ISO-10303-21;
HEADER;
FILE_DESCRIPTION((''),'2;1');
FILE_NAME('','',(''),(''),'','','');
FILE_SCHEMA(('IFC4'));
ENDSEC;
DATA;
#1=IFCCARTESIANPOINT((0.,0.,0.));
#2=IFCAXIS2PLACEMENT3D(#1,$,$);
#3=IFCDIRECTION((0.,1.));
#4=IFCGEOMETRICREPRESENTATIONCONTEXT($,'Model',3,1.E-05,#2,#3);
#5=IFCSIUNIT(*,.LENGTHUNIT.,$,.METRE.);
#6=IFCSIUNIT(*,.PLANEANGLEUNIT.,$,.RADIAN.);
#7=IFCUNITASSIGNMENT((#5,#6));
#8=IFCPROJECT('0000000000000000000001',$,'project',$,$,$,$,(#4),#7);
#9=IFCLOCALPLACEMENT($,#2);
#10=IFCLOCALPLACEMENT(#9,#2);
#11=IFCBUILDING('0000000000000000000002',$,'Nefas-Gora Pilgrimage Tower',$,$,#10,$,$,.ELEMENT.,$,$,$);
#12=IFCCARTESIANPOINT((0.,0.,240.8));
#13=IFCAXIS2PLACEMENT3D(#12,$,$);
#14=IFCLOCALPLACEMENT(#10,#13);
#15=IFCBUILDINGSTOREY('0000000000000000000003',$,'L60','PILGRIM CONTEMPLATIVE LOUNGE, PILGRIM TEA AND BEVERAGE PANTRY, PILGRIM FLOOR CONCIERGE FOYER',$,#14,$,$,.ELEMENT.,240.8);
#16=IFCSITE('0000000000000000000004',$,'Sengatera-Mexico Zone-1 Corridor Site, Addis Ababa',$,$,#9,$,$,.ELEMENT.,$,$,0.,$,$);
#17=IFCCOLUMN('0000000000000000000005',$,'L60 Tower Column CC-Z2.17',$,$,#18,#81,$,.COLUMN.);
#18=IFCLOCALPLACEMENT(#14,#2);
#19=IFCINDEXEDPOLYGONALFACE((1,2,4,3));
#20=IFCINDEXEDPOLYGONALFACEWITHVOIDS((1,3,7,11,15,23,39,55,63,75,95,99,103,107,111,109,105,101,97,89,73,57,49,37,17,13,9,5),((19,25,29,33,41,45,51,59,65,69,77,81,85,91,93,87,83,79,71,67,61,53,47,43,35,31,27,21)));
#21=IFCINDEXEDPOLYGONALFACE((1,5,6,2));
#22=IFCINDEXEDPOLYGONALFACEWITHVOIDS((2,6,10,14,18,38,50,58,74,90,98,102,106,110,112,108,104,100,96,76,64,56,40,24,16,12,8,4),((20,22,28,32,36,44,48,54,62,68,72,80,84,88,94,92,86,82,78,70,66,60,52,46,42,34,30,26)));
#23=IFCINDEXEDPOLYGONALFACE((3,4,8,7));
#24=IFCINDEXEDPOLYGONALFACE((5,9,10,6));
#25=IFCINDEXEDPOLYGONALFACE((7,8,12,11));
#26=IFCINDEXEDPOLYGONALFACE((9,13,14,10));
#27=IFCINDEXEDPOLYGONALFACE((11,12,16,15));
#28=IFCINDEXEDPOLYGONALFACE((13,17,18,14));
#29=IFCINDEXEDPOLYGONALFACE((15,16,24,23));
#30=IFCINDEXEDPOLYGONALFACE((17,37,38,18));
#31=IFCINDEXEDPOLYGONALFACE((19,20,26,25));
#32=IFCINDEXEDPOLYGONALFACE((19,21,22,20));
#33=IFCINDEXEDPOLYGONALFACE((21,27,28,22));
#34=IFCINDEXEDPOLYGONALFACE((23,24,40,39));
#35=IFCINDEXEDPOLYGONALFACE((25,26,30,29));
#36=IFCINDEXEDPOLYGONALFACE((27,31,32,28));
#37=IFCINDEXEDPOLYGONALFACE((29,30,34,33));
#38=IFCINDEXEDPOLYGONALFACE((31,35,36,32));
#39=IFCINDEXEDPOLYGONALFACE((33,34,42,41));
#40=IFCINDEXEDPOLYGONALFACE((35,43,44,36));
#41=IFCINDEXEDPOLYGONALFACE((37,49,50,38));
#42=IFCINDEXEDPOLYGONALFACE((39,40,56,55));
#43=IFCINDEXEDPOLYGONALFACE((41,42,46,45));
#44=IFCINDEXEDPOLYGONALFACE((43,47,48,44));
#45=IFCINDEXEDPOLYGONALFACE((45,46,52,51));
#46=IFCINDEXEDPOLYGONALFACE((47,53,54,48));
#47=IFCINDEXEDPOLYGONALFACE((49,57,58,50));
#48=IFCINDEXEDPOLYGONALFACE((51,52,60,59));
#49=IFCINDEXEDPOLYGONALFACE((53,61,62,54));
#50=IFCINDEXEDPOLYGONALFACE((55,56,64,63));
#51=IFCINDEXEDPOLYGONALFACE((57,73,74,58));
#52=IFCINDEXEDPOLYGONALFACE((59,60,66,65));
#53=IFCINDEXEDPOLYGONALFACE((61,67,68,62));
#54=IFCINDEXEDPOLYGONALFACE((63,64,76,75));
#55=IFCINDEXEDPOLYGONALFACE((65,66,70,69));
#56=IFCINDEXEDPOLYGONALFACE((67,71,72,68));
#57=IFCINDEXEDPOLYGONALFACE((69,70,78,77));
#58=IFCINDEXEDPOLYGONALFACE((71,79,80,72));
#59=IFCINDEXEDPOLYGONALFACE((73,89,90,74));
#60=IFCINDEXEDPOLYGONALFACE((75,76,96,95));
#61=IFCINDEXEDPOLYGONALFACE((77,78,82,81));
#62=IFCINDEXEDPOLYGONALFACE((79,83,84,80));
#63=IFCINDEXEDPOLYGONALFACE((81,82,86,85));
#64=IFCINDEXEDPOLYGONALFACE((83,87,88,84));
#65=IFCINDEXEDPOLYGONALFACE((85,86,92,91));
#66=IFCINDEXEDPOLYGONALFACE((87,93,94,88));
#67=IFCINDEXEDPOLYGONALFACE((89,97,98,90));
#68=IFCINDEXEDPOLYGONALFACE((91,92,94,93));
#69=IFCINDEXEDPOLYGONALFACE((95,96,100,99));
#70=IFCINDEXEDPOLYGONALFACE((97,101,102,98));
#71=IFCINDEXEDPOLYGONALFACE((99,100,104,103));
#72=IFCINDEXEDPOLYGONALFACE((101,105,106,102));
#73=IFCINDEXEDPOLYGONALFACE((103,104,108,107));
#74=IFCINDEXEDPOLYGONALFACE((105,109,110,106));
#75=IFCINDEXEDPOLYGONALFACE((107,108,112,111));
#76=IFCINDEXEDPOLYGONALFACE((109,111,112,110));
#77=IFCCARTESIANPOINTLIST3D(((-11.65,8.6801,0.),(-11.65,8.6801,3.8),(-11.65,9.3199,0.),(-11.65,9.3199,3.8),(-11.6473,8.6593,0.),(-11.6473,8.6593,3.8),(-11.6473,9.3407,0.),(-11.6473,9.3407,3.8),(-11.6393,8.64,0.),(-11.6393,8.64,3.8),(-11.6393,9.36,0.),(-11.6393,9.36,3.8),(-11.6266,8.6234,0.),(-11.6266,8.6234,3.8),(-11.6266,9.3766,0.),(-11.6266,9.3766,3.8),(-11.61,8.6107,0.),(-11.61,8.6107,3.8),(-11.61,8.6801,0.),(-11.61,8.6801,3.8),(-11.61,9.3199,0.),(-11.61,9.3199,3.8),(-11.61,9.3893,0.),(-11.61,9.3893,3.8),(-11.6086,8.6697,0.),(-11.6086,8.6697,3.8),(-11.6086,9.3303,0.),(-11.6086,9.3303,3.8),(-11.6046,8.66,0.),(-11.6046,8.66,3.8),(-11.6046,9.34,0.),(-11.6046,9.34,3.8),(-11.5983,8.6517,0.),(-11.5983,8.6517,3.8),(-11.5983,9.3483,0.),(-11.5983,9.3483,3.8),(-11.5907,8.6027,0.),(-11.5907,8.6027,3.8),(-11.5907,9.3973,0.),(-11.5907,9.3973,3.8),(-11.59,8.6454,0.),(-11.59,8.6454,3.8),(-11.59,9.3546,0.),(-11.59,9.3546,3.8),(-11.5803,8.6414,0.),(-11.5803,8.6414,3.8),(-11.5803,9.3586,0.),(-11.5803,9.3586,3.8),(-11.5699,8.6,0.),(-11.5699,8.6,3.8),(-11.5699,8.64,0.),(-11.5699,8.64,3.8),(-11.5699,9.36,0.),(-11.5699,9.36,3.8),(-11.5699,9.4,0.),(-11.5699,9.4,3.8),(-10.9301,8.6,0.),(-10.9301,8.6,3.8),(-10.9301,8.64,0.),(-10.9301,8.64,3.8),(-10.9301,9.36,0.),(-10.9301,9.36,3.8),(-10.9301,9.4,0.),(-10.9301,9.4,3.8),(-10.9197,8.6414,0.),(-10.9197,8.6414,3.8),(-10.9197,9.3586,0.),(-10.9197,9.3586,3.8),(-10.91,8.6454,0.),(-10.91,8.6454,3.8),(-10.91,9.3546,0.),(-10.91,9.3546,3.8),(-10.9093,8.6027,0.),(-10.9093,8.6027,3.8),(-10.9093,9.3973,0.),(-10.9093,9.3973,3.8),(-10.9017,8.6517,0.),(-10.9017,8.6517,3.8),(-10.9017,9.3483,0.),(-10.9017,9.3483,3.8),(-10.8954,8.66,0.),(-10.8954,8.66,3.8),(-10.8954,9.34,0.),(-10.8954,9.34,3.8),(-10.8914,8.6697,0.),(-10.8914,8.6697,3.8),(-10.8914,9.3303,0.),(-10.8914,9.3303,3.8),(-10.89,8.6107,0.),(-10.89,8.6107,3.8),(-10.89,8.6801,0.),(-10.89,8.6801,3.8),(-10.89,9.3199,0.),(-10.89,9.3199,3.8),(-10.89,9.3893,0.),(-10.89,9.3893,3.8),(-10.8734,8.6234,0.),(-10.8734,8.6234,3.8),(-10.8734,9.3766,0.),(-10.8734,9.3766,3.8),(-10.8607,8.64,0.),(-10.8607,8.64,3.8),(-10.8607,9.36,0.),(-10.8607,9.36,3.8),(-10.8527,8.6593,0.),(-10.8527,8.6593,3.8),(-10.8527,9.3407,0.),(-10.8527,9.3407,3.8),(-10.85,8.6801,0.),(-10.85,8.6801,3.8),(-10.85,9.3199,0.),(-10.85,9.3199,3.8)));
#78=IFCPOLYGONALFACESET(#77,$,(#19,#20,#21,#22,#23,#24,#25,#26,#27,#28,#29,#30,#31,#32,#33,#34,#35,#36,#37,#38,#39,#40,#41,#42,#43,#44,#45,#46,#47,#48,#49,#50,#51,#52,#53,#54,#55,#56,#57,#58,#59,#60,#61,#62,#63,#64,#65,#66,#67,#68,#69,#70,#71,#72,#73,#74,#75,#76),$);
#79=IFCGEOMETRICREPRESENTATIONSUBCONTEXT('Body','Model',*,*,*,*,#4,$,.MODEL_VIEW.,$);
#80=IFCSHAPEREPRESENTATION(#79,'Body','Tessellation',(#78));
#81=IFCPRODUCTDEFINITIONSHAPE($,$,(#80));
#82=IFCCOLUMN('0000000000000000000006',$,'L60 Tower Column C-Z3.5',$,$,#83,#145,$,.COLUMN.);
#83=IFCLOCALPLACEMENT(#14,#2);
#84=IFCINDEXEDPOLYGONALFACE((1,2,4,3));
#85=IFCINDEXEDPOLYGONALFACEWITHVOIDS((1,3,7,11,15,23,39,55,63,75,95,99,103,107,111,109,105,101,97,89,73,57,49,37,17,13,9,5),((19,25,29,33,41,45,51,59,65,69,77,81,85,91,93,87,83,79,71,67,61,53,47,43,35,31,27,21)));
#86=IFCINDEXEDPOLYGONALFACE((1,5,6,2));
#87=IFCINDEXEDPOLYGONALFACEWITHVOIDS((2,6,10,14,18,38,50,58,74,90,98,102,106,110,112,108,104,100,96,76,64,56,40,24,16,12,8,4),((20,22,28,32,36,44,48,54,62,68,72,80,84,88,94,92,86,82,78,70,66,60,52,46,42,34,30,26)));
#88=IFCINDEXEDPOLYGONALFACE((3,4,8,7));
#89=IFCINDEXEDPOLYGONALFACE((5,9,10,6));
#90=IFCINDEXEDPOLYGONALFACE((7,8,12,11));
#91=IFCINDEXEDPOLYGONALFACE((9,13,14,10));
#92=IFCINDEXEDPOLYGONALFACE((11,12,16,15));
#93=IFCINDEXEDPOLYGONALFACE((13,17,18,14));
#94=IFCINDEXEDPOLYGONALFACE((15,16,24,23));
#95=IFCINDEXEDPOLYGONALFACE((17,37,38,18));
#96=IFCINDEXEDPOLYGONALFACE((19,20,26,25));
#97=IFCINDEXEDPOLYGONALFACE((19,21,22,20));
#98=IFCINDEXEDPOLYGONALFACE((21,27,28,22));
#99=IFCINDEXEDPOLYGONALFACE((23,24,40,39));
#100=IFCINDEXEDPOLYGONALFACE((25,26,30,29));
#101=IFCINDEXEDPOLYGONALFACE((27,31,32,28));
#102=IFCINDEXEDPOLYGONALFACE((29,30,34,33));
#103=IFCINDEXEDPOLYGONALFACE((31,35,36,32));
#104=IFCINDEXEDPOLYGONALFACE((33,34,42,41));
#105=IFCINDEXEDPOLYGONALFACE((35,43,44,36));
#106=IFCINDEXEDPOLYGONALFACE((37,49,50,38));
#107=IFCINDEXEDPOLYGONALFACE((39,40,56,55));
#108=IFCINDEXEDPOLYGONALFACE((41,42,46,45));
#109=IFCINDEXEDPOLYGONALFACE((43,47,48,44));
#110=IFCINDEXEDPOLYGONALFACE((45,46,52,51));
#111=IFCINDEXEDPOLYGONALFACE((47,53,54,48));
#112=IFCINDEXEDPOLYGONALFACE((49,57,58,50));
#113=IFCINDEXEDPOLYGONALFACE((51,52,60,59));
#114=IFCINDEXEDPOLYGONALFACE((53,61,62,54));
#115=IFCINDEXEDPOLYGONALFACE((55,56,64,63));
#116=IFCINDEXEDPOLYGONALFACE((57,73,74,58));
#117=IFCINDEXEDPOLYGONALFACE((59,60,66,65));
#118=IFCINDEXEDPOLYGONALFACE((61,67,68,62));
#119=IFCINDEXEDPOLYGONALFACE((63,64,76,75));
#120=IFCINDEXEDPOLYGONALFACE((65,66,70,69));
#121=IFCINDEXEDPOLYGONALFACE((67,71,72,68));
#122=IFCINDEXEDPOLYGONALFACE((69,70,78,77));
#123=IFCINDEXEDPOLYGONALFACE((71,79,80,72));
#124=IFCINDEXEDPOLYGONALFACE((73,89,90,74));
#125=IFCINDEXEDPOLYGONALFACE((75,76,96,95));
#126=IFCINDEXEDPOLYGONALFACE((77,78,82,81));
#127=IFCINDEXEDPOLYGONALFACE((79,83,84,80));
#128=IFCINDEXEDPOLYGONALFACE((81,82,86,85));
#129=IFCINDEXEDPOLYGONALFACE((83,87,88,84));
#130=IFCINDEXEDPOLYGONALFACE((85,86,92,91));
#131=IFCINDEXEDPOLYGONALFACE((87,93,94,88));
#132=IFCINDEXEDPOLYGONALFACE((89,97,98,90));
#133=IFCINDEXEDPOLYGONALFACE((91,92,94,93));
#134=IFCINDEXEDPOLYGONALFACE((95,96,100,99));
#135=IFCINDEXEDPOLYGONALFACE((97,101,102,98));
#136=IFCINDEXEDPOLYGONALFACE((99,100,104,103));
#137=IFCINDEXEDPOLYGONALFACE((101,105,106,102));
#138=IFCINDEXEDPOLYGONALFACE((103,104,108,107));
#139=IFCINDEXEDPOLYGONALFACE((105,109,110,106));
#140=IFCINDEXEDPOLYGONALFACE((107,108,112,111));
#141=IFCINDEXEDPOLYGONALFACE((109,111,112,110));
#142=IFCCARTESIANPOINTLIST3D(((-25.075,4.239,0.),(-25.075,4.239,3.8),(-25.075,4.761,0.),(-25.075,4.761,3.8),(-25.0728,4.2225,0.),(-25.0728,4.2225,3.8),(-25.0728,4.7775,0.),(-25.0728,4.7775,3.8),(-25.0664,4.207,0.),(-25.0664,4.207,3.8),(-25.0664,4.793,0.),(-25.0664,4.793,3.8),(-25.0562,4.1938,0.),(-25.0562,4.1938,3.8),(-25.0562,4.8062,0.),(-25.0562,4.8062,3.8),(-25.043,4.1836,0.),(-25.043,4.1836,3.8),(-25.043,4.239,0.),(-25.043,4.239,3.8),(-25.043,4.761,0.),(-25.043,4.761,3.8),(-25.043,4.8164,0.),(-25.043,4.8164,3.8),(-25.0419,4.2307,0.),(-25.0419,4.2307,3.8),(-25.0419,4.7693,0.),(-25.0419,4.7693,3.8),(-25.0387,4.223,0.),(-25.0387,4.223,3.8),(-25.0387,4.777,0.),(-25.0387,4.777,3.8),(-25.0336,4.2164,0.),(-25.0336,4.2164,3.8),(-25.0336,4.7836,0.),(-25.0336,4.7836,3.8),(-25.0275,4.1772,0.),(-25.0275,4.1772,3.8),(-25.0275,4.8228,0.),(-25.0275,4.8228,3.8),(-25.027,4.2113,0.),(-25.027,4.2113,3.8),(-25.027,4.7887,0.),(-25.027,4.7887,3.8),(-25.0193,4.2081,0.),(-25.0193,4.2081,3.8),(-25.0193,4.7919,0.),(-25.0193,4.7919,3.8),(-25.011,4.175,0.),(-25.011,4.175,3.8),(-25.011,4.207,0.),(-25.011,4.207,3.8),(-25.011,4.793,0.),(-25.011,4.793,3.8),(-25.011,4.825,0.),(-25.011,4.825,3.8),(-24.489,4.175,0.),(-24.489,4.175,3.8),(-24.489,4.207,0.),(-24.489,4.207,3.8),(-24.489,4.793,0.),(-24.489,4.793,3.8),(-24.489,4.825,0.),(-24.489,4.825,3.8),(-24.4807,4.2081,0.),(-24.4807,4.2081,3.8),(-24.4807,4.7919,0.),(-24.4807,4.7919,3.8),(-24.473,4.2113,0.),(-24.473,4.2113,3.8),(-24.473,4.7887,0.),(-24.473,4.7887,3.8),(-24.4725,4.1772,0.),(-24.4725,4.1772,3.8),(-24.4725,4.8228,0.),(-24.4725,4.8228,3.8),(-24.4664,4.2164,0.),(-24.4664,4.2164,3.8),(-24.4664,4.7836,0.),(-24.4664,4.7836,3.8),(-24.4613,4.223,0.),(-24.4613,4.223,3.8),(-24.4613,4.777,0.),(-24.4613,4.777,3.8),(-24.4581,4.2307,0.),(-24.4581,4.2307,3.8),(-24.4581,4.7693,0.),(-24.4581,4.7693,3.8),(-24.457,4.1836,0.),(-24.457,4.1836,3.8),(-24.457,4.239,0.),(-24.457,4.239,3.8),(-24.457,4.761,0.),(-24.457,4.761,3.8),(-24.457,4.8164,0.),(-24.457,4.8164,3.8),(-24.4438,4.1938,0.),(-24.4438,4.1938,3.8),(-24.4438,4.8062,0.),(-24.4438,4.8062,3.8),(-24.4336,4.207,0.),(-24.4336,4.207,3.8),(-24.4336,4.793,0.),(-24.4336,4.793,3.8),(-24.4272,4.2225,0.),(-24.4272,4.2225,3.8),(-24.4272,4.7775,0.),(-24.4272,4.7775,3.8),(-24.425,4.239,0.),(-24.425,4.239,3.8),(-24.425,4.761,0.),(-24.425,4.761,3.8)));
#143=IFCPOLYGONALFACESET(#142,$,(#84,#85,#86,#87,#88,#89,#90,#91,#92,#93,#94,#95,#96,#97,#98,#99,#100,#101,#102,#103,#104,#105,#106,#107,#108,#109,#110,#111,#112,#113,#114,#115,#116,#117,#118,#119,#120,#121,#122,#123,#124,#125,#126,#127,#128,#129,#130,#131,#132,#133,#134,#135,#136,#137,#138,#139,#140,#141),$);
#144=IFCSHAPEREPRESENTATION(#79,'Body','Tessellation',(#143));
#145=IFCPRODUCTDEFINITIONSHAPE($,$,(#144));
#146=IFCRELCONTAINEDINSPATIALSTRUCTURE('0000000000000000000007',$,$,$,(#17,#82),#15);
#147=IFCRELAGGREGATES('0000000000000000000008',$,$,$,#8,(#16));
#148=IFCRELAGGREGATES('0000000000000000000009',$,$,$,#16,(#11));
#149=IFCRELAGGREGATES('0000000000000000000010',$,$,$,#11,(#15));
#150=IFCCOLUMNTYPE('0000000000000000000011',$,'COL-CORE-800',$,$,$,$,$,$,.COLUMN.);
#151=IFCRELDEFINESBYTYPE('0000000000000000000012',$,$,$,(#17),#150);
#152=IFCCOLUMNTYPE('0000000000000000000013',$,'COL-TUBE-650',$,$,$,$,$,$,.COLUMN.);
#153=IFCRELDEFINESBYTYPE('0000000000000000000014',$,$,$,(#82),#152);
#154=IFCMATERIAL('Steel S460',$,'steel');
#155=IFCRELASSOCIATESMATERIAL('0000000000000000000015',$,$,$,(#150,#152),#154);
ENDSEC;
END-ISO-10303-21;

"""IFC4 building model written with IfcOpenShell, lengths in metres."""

from ifc_helpers import new_model, si_unit, direction, frame, origin, origin_2d, place, context, subcontext, project, spatial, hollow_rectangle, extrude, source, transform, mapped, material, material_profile, profile_set, type_object, element, save


model = new_model("IFC4")

# Units and contexts
model_context = context("Model", 3, precision=1e-05, world=origin(), true_north=direction((0.0, 1.0)))
body_context = subcontext(model_context, "Body", "Model", "MODEL_VIEW")
ifc_project = project(units=[si_unit("LENGTHUNIT", "METRE"), si_unit("PLANEANGLEUNIT", "RADIAN")], contexts=[model_context])

# Site, building, storey
site_placement = place(None, origin())
site = spatial("IfcSite", under=ifc_project, at=site_placement, Name="Sengatera-Mexico Zone-1 Corridor Site, Addis Ababa", CompositionType="ELEMENT", RefElevation=0.0)
building_placement = place(site_placement, origin())
building = spatial("IfcBuilding", under=site, at=building_placement, Name="Nefas-Gora Pilgrimage Tower", CompositionType="ELEMENT")
storey_placement = place(building_placement, frame((0.0, 0.0, 240.8)))
storey = spatial("IfcBuildingStorey", under=building, at=storey_placement, Name="L60", Description="PILGRIM CONTEMPLATIVE LOUNGE, PILGRIM TEA AND BEVERAGE PANTRY, PILGRIM FLOOR CONCIERGE FOYER", CompositionType="ELEMENT", Elevation=240.8)

# Columns
ifc_material_1 = material(Name="Steel S460", Category="steel")
ifc_material_profile_1 = material_profile(ifc_material_1, hollow_rectangle(XDim=0.8, YDim=0.8, WallThickness=0.04, InnerFilletRadius=0.04, OuterFilletRadius=0.0801, at=origin_2d()), Name="BOX 800x800x40")
ifc_profile_set_1 = profile_set([ifc_material_profile_1], Name="Steel S460")
column_type_1 = type_object("IfcColumnType", Name="COL-CORE-800", PredefinedType="COLUMN", material=ifc_profile_set_1)
shared_shape_1 = source(origin(), body_context, "Body", "SweptSolid", [
    extrude(hollow_rectangle(XDim=0.8, YDim=0.8, WallThickness=0.04, InnerFilletRadius=0.04, OuterFilletRadius=0.0801, at=origin_2d()), origin(), (0.0, 0.0, 1.0), 3.8),
])
column_placement = place(storey_placement, frame((-11.25, 9.0, 0.0), z_axis=(0.0, 0.0, 1.0), x_axis=(1.0, 0.0, 0.0)))
element("IfcColumn", 1, at=column_placement, inside=storey, type_object=column_type_1, Name="L60 Tower Column CC-Z2.17", PredefinedType="COLUMN", context=body_context, shape_type="MappedRepresentation", body=[
    mapped(shared_shape_1, transform((0.0, 0.0, 0.0), x_axis=(1.0, 0.0, 0.0), y_axis=(0.0, 1.0, 0.0), z_axis=(0.0, 0.0, 1.0), scale=1.0)),
])
ifc_material_profile_2 = material_profile(ifc_material_1, hollow_rectangle(XDim=0.6499, YDim=0.6499, WallThickness=0.032, InnerFilletRadius=0.032, OuterFilletRadius=0.064, at=origin_2d()), Name="BOX 650x650x32")
ifc_profile_set_2 = profile_set([ifc_material_profile_2], Name="Steel S460")
column_type_2 = type_object("IfcColumnType", Name="COL-TUBE-650", PredefinedType="COLUMN", material=ifc_profile_set_2)
shared_shape_2 = source(origin(), body_context, "Body", "SweptSolid", [
    extrude(hollow_rectangle(XDim=0.6499, YDim=0.6499, WallThickness=0.032, InnerFilletRadius=0.032, OuterFilletRadius=0.064, at=origin_2d()), origin(), (0.0, 0.0, 1.0), 3.8),
])
for number, where, z_axis, x_axis, name in (
    (2, (-24.75, 4.5, 0.0), (0.0, 0.0, 1.0), (1.0, 0.0, 0.0), "L60 Tower Column C-Z3.5"),
):
    element("IfcColumn", number, at=place(storey_placement, frame(where, z_axis=z_axis, x_axis=x_axis)), inside=storey, type_object=column_type_2, Name=name, PredefinedType="COLUMN", context=body_context, shape_type="MappedRepresentation", body=[
        mapped(shared_shape_2, transform((0.0, 0.0, 0.0), x_axis=(1.0, 0.0, 0.0), y_axis=(0.0, 1.0, 0.0), z_axis=(0.0, 0.0, 1.0), scale=1.0)),
    ])

save(model, "model.ifc")
